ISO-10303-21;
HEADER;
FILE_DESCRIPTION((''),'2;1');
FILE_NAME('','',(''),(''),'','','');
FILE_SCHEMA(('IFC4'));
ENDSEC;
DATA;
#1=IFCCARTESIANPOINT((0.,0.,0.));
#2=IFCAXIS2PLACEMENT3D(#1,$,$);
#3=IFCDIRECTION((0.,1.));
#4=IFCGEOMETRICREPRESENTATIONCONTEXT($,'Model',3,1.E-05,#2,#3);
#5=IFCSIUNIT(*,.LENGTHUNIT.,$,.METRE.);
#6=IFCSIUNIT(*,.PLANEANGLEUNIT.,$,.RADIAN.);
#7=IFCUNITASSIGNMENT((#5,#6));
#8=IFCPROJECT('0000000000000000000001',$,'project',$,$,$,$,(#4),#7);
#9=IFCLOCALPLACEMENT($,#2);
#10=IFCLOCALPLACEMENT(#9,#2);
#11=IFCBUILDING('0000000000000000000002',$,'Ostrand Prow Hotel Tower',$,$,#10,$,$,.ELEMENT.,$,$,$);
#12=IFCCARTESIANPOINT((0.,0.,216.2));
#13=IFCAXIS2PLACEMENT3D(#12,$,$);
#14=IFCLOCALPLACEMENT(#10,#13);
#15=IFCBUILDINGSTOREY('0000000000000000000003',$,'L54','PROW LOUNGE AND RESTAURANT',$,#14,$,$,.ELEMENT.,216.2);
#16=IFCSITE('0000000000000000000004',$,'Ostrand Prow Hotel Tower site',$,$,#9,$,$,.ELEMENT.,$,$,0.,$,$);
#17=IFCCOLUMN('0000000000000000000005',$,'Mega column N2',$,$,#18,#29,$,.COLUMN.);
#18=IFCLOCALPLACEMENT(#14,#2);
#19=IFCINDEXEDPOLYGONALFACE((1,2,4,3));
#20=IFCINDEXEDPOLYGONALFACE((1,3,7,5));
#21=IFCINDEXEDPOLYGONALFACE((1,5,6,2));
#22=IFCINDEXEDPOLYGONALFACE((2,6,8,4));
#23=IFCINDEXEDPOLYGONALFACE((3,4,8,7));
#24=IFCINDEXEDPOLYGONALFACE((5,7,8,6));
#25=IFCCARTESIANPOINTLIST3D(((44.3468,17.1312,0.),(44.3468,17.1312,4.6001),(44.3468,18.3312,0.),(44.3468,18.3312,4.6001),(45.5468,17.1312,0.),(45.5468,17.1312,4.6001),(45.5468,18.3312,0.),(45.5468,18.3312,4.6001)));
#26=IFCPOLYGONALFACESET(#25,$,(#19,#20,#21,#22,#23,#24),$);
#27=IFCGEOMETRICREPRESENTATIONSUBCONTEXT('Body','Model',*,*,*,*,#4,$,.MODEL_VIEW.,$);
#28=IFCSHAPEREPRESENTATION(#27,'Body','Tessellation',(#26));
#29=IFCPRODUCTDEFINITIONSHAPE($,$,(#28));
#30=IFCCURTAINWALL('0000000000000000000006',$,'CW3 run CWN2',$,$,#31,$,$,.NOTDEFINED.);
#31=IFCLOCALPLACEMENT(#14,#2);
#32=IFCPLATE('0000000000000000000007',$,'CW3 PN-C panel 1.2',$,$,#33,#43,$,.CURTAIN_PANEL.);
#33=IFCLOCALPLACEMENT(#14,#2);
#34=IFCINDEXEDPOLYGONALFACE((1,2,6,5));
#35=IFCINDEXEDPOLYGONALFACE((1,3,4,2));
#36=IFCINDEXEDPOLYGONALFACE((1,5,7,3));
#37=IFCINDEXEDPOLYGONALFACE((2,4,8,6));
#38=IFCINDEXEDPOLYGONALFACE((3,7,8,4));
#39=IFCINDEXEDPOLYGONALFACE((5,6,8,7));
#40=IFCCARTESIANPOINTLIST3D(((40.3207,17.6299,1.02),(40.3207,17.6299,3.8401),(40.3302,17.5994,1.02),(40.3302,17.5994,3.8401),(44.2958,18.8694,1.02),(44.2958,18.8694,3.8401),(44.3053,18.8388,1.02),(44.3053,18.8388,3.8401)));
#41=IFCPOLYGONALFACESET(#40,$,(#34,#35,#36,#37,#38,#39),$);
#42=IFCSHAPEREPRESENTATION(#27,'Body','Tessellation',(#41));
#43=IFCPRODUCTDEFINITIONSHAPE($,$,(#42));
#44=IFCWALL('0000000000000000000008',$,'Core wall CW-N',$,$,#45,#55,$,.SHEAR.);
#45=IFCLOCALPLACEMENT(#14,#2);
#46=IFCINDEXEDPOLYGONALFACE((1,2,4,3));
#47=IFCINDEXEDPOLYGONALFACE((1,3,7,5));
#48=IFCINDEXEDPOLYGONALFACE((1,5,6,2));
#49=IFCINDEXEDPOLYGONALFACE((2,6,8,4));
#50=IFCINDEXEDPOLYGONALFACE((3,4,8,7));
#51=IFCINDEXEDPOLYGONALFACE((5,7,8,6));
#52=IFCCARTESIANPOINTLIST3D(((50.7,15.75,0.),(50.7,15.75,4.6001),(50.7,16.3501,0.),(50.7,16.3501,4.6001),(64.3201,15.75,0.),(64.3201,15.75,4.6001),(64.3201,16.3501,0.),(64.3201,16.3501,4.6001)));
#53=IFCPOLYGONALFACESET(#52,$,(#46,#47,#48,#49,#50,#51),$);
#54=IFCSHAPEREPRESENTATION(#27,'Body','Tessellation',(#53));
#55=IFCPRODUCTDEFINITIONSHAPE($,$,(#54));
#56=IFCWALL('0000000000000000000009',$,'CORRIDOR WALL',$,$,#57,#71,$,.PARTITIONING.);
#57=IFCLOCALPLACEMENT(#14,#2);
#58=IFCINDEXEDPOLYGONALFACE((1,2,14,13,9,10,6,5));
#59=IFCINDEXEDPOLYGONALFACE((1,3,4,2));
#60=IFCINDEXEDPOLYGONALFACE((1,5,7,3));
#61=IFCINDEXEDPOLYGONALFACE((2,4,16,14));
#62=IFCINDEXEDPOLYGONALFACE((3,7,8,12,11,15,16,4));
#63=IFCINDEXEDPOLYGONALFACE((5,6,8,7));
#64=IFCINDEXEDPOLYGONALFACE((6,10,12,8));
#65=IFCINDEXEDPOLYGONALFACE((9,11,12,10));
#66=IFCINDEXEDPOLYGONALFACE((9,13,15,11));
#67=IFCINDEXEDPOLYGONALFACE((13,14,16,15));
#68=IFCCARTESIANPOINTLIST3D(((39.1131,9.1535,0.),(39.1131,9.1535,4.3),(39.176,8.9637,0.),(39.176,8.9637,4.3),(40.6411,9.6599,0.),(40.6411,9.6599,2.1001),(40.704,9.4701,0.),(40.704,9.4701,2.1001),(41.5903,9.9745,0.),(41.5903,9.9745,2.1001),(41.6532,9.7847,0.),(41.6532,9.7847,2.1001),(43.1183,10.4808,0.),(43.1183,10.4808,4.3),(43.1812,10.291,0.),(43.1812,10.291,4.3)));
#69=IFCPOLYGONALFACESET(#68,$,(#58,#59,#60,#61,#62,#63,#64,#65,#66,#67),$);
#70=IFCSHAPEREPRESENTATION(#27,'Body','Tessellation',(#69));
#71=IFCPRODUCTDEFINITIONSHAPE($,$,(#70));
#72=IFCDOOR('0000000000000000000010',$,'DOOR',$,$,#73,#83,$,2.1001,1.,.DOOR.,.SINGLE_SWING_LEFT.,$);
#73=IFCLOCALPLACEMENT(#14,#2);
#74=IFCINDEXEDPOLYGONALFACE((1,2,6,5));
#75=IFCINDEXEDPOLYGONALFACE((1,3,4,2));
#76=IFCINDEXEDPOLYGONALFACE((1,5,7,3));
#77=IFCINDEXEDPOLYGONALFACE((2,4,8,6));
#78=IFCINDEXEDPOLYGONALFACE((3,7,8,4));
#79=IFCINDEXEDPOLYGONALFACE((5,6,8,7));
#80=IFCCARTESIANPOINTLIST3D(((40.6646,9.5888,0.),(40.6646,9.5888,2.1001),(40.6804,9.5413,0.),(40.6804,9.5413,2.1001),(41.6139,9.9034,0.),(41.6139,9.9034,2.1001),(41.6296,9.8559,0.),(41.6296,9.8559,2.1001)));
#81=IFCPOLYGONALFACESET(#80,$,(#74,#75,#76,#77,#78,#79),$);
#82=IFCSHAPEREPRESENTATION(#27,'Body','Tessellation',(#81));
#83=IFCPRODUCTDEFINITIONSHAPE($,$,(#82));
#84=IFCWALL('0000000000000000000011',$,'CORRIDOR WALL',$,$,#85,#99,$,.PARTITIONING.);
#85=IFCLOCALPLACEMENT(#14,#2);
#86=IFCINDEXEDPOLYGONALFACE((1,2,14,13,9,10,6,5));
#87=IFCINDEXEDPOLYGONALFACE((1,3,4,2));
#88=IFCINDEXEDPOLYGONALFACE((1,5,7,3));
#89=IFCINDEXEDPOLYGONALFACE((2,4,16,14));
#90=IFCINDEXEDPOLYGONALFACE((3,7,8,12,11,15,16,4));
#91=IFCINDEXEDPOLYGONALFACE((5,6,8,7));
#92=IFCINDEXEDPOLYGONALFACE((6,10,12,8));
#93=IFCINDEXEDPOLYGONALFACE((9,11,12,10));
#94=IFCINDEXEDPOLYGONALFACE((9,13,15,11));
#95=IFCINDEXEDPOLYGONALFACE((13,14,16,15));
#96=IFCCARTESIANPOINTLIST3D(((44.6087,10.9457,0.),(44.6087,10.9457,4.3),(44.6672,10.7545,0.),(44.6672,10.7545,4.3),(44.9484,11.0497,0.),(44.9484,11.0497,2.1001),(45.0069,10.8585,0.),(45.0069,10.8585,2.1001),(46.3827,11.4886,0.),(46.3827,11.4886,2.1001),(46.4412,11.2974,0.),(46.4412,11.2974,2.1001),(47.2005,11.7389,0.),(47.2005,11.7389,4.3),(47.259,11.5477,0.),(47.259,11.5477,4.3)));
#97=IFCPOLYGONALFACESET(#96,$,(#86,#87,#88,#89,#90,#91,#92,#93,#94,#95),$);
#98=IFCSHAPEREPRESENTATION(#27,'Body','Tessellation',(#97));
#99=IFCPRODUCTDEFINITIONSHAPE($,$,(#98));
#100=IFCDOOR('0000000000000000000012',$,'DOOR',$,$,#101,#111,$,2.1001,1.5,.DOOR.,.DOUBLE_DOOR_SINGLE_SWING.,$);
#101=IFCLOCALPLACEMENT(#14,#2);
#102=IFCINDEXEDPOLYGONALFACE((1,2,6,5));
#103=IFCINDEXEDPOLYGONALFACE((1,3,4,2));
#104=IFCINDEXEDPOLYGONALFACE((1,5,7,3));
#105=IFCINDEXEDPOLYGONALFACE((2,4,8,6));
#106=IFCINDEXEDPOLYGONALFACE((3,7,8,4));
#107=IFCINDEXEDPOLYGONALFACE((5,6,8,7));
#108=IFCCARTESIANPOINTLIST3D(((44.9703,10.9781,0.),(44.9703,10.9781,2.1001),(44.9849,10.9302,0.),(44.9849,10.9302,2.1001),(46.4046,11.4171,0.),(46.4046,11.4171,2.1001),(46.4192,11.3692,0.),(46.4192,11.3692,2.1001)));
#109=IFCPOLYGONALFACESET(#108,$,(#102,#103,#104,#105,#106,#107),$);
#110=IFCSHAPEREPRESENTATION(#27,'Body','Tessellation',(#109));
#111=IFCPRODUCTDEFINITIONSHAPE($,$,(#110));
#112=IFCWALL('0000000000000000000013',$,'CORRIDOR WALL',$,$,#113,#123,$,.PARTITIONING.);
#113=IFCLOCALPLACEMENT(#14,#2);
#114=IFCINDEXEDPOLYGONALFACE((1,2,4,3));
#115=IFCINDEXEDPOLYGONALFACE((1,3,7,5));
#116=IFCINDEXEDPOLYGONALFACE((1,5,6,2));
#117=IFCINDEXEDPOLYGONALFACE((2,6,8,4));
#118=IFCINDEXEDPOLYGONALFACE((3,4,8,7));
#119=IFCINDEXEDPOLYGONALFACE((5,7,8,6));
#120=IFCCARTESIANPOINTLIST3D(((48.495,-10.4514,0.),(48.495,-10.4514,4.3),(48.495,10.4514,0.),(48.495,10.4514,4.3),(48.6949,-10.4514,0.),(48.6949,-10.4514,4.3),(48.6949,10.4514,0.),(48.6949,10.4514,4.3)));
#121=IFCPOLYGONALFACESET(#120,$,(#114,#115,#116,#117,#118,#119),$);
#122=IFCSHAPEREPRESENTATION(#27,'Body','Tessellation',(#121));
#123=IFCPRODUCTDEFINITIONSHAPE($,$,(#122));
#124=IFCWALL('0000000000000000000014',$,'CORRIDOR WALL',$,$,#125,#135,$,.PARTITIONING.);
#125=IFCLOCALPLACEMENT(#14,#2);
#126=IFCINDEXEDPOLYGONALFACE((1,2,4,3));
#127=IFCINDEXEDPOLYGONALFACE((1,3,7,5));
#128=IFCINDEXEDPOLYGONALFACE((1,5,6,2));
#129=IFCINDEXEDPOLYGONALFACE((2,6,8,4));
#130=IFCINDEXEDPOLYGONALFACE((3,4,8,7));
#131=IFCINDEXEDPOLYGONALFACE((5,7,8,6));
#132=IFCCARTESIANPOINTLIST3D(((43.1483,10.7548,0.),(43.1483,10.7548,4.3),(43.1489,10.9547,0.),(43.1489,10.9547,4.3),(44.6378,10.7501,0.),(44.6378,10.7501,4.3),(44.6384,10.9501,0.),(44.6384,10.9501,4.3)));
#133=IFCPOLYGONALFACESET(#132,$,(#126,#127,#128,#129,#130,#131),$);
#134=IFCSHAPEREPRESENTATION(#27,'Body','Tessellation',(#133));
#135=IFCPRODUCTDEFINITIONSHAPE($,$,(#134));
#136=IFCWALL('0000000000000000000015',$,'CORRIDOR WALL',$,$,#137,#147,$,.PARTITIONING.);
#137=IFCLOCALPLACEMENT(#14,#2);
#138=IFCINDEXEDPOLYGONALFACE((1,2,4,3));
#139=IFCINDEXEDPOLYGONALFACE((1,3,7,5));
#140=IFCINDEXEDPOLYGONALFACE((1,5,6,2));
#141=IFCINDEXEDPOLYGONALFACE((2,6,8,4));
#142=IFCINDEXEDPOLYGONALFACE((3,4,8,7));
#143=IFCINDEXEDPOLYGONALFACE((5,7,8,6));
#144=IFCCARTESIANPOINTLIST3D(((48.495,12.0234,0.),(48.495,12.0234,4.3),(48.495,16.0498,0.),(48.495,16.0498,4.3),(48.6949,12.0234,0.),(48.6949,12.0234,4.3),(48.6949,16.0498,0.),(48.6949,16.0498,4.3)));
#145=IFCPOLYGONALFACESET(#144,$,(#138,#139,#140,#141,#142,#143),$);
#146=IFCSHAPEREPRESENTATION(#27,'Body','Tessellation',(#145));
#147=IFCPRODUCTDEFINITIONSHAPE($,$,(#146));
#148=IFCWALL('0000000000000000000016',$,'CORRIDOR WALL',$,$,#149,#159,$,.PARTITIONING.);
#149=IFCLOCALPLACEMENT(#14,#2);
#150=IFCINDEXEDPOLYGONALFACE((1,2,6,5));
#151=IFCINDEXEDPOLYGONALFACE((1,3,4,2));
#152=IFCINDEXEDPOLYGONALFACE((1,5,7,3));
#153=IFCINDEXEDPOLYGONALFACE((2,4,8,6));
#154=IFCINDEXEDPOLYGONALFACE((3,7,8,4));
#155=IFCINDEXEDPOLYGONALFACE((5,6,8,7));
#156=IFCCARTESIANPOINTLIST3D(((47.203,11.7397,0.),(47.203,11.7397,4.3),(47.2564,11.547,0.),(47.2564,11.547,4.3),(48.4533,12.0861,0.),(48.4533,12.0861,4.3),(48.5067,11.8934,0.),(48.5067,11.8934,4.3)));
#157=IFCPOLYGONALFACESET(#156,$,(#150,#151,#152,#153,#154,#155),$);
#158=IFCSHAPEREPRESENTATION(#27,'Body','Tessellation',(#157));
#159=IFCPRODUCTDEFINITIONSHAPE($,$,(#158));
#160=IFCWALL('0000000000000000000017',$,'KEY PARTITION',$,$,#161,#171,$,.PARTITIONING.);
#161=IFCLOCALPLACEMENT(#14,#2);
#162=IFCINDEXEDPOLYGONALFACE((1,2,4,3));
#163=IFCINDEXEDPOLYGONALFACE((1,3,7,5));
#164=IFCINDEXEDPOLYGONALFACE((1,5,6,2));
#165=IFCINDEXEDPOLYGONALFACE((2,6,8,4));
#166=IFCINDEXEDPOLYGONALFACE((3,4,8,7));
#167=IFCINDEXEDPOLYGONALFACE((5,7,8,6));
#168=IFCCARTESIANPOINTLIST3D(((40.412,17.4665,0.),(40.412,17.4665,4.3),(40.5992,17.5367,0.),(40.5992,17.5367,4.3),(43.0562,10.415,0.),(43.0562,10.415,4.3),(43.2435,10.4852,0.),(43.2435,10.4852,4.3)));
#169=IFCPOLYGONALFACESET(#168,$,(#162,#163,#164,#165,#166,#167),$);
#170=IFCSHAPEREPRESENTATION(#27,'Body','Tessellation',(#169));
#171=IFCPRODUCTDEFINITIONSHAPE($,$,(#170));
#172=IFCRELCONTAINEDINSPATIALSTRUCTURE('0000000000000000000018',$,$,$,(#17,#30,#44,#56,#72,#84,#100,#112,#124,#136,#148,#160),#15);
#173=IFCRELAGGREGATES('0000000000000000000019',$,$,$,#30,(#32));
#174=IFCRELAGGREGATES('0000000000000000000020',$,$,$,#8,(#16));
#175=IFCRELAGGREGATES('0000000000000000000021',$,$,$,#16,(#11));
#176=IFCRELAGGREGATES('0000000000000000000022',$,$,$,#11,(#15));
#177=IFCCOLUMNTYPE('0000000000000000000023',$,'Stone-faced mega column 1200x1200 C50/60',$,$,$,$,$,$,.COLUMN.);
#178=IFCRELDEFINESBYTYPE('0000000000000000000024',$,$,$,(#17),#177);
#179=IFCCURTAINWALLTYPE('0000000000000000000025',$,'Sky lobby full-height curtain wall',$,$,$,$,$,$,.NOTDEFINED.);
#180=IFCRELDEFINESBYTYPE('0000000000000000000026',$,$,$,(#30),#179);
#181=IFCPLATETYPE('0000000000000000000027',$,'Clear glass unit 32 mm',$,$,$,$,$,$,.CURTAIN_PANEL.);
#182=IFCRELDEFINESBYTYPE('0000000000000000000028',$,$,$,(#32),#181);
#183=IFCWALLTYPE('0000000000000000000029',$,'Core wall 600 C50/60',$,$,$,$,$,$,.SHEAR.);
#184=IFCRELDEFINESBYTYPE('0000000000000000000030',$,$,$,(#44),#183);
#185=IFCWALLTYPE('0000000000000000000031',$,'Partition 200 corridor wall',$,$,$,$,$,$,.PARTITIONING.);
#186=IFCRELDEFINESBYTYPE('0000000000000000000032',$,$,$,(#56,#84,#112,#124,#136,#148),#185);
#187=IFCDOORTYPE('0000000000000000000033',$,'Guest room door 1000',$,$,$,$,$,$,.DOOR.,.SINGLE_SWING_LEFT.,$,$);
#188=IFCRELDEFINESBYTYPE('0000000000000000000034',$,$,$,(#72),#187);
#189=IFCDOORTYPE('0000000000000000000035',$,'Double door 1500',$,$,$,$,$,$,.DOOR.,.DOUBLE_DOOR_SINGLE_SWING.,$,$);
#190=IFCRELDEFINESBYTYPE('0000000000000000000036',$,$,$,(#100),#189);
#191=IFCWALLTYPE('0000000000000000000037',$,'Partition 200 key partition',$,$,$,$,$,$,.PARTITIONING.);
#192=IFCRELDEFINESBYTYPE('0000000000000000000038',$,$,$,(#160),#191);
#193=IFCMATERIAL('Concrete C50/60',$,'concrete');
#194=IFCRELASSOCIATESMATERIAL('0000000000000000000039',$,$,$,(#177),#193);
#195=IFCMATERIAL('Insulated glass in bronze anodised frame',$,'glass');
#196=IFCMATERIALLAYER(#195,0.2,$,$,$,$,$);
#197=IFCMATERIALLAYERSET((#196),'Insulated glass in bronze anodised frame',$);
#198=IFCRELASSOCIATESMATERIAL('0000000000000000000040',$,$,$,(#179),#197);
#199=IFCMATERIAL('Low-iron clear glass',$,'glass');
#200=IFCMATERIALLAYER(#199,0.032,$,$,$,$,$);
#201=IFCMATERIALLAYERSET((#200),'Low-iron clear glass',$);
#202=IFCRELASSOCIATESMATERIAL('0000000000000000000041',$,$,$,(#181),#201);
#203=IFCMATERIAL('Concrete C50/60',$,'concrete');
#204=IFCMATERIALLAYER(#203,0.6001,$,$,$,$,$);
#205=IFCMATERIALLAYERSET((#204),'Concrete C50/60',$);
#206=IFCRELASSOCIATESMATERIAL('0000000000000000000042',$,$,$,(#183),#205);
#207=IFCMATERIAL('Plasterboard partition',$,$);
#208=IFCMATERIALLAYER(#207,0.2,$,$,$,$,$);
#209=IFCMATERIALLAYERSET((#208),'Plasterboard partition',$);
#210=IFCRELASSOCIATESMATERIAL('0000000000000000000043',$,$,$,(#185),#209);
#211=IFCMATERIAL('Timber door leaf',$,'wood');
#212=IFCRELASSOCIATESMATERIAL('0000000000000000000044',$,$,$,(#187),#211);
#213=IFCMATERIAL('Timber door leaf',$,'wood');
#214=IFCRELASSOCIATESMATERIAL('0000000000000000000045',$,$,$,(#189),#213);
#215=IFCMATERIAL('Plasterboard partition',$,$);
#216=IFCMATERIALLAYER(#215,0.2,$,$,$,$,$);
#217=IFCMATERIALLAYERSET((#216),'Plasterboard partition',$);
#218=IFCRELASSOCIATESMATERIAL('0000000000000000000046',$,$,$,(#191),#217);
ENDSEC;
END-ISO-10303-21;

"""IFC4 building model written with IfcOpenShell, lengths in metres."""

from ifc_helpers import new_model, si_unit, direction, frame, frame_2d, origin, origin_2d, place, context, subcontext, project, spatial, rectangle, extrude, material, layer, layer_set, material_profile, profile_set, type_object, element, fill, aggregate, save


model = new_model("IFC4")

# Units and contexts
model_context = context("Model", 3, precision=1e-05, world=origin(), true_north=direction((0.0, 1.0)))
body_context = subcontext(model_context, "Body", "Model", "MODEL_VIEW")
ifc_project = project(units=[si_unit("LENGTHUNIT", "METRE"), si_unit("PLANEANGLEUNIT", "RADIAN")], contexts=[model_context])

# Site, building, storey
site_placement = place(None, origin())
site = spatial("IfcSite", under=ifc_project, at=site_placement, Name="Ostrand Prow Hotel Tower site", CompositionType="ELEMENT", RefElevation=0.0)
building_placement = place(site_placement, origin())
building = spatial("IfcBuilding", under=site, at=building_placement, Name="Ostrand Prow Hotel Tower", CompositionType="ELEMENT")
storey_placement = place(building_placement, frame((0.0, 0.0, 216.2)))
storey = spatial("IfcBuildingStorey", under=building, at=storey_placement, Name="L54", Description="PROW LOUNGE AND RESTAURANT", CompositionType="ELEMENT", Elevation=216.2)

# Column
ifc_material_1 = material(Name="Concrete C50/60", Category="concrete")
ifc_material_profile = material_profile(ifc_material_1, rectangle(XDim=1.2, YDim=1.2, at=origin_2d()), Name="RC 1200x1200")
ifc_profile_set = profile_set([ifc_material_profile], Name="Concrete C50/60")
column_type = type_object("IfcColumnType", Name="Stone-faced mega column 1200x1200 C50/60", PredefinedType="COLUMN", material=ifc_profile_set)
column_placement = place(storey_placement, frame((44.9468, 17.7312, 0.0), z_axis=(0.0, 0.0, 1.0), x_axis=(1.0, 0.0, 0.0)))
element("IfcColumn", 1, at=column_placement, inside=storey, type_object=column_type, Name="Mega column N2", PredefinedType="COLUMN", context=body_context, shape_type="SweptSolid", body=[
    extrude(rectangle(XDim=1.2, YDim=1.2, at=origin_2d()), origin(), (0.0, 0.0, 1.0), 4.6001),
])

# Curtain wall, plate
ifc_material_2 = material(Name="Insulated glass in bronze anodised frame", Category="glass")
ifc_layer_1 = layer(ifc_material_2, 0.2)
ifc_layer_set_1 = layer_set([ifc_layer_1], Name="Insulated glass in bronze anodised frame")
curtain_wall_type = type_object("IfcCurtainWallType", Name="Sky lobby full-height curtain wall", PredefinedType="NOTDEFINED", material=ifc_layer_set_1)
curtain_wall_placement = place(storey_placement, origin())
curtain_wall = element("IfcCurtainWall", 2, at=curtain_wall_placement, inside=storey, type_object=curtain_wall_type, Name="CW3 run CWN2", PredefinedType="NOTDEFINED")
ifc_material_3 = material(Name="Low-iron clear glass", Category="glass")
ifc_layer_2 = layer(ifc_material_3, 0.032)
ifc_layer_set_2 = layer_set([ifc_layer_2], Name="Low-iron clear glass")
plate_type = type_object("IfcPlateType", Name="Clear glass unit 32 mm", PredefinedType="CURTAIN_PANEL", material=ifc_layer_set_2)
plate_placement = place(storey_placement, frame((42.313, 18.2344, 1.02), z_axis=(0.0, 0.0, 1.0), x_axis=(-0.954666, -0.297678, 0.0)))
plate = element("IfcPlate", 3, at=plate_placement, type_object=plate_type, Name="CW3 PN-C panel 1.2", PredefinedType="CURTAIN_PANEL", context=body_context, shape_type="SweptSolid", body=[
    extrude(rectangle(XDim=4.1638, YDim=0.032, at=origin_2d()), origin(), (0.0, 0.0, 1.0), 2.8201),
])
aggregate(curtain_wall, [plate])

# Wall
ifc_material_4 = material(Name="Concrete C50/60", Category="concrete")
ifc_layer_3 = layer(ifc_material_4, 0.6001)
ifc_layer_set_3 = layer_set([ifc_layer_3], Name="Concrete C50/60")
wall_type_1 = type_object("IfcWallType", Name="Core wall 600 C50/60", PredefinedType="SHEAR", material=ifc_layer_set_3)
wall_1_placement = place(storey_placement, frame((50.7, 16.05, 0.0), z_axis=(0.0, 0.0, 1.0), x_axis=(1.0, 0.0, 0.0)))
element("IfcWall", 4, at=wall_1_placement, inside=storey, type_object=wall_type_1, Name="Core wall CW-N", PredefinedType="SHEAR", context=body_context, shape_type="SweptSolid", body=[
    extrude(rectangle(XDim=13.6201, YDim=0.6001, at=frame_2d((6.8101, 0.0))), origin(), (0.0, 0.0, 1.0), 4.6001),
])

# Walls, openings, doors
ifc_material_5 = material(Name="Plasterboard partition")
ifc_layer_4 = layer(ifc_material_5, 0.2)
ifc_layer_set_4 = layer_set([ifc_layer_4], Name="Plasterboard partition")
wall_type_2 = type_object("IfcWallType", Name="Partition 200 corridor wall", PredefinedType="PARTITIONING", material=ifc_layer_set_4)
wall_2_placement = place(storey_placement, frame((43.1499, 10.386, 0.0), z_axis=(0.0, 0.0, 1.0), x_axis=(-0.949232, -0.314578, 0.0)))
wall_2 = element("IfcWall", 5, at=wall_2_placement, inside=storey, type_object=wall_type_2, Name="CORRIDOR WALL", PredefinedType="PARTITIONING", context=body_context, shape_type="SweptSolid", body=[
    extrude(rectangle(XDim=4.2195, YDim=0.2, at=frame_2d((2.1099, 0.0))), origin(), (0.0, 0.0, 1.0), 4.3),
])
opening_1_placement = place(wall_2_placement, frame((1.6099, 0.0, 0.0)))
opening_1 = element("IfcOpeningElement", 6, at=opening_1_placement, cuts=wall_2, PredefinedType="OPENING", context=body_context, shape_type="SweptSolid", body=[
    extrude(rectangle(XDim=1.0, YDim=2.1001, at=frame_2d((0.5, 1.05))), frame((0.0, 0.1099, 0.0), z_axis=(0.0, -1.0, 0.0), x_axis=(1.0, 0.0, 0.0)), (0.0, 0.0, 1.0), 0.22),
])
ifc_material_6 = material(Name="Timber door leaf", Category="wood")
door_type_1 = type_object("IfcDoorType", Name="Guest room door 1000", OperationType="SINGLE_SWING_LEFT", PredefinedType="DOOR", material=ifc_material_6)
door_1_placement = place(opening_1_placement, origin())
door_1 = element("IfcDoor", 7, at=door_1_placement, inside=storey, type_object=door_type_1, Name="DOOR", OperationType="SINGLE_SWING_LEFT", OverallHeight=2.1001, OverallWidth=1.0, PredefinedType="DOOR", context=body_context, shape_type="SweptSolid", body=[
    extrude(rectangle(XDim=1.0, YDim=2.1001, at=frame_2d((0.5, 1.05))), frame((0.0, 0.0249, 0.0), z_axis=(0.0, -1.0, 0.0), x_axis=(1.0, 0.0, 0.0)), (0.0, 0.0, 1.0), 0.05),
])
fill(opening_1, door_1)
wall_3_placement = place(storey_placement, frame((47.2297, 11.6433, 0.0), z_axis=(0.0, 0.0, 1.0), x_axis=(-0.95622, -0.292649, 0.0)))
wall_3 = element("IfcWall", 8, at=wall_3_placement, inside=storey, type_object=wall_type_2, Name="CORRIDOR WALL", PredefinedType="PARTITIONING", context=body_context, shape_type="SweptSolid", body=[
    extrude(rectangle(XDim=2.7104, YDim=0.2, at=frame_2d((1.3552, 0.0))), origin(), (0.0, 0.0, 1.0), 4.3),
])
opening_2_placement = place(wall_3_placement, frame((0.8552, 0.0, 0.0)))
opening_2 = element("IfcOpeningElement", 9, at=opening_2_placement, cuts=wall_3, PredefinedType="OPENING", context=body_context, shape_type="SweptSolid", body=[
    extrude(rectangle(XDim=1.5, YDim=2.1001, at=frame_2d((0.75, 1.05))), frame((0.0, 0.1099, 0.0), z_axis=(0.0, -1.0, 0.0), x_axis=(1.0, 0.0, 0.0)), (0.0, 0.0, 1.0), 0.22),
])
ifc_material_7 = material(Name="Timber door leaf", Category="wood")
door_type_2 = type_object("IfcDoorType", Name="Double door 1500", OperationType="DOUBLE_DOOR_SINGLE_SWING", PredefinedType="DOOR", material=ifc_material_7)
door_2_placement = place(opening_2_placement, origin())
door_2 = element("IfcDoor", 10, at=door_2_placement, inside=storey, type_object=door_type_2, Name="DOOR", OperationType="DOUBLE_DOOR_SINGLE_SWING", OverallHeight=2.1001, OverallWidth=1.5, PredefinedType="DOOR", context=body_context, shape_type="SweptSolid", body=[
    extrude(rectangle(XDim=1.5, YDim=2.1001, at=frame_2d((0.75, 1.05))), frame((0.0, 0.0249, 0.0), z_axis=(0.0, -1.0, 0.0), x_axis=(1.0, 0.0, 0.0)), (0.0, 0.0, 1.0), 0.05),
])
fill(opening_2, door_2)

# Walls
wall_4_placement = place(storey_placement, frame((48.595, 10.4514, 0.0), z_axis=(0.0, 0.0, 1.0), x_axis=(0.0, -1.0, 0.0)))
element("IfcWall", 11, at=wall_4_placement, inside=storey, type_object=wall_type_2, Name="CORRIDOR WALL", PredefinedType="PARTITIONING", context=body_context, shape_type="SweptSolid", body=[
    extrude(rectangle(XDim=20.9028, YDim=0.2, at=frame_2d((10.4514, 0.0))), origin(), (0.0, 0.0, 1.0), 4.3),
])
wall_5_placement = place(storey_placement, frame((44.6379, 10.8501, 0.0), z_axis=(0.0, 0.0, 1.0), x_axis=(-0.999995, 0.003114, 0.0)))
element("IfcWall", 12, at=wall_5_placement, inside=storey, type_object=wall_type_2, Name="CORRIDOR WALL", PredefinedType="PARTITIONING", context=body_context, shape_type="SweptSolid", body=[
    extrude(rectangle(XDim=1.4895, YDim=0.2, at=frame_2d((0.7446, 0.0))), origin(), (0.0, 0.0, 1.0), 4.3),
])
wall_6_placement = place(storey_placement, frame((48.595, 16.0498, 0.0), z_axis=(0.0, 0.0, 1.0), x_axis=(0.0, -1.0, 0.0)))
element("IfcWall", 13, at=wall_6_placement, inside=storey, type_object=wall_type_2, Name="CORRIDOR WALL", PredefinedType="PARTITIONING", context=body_context, shape_type="SweptSolid", body=[
    extrude(rectangle(XDim=4.0264, YDim=0.2, at=frame_2d((2.0132, 0.0))), origin(), (0.0, 0.0, 1.0), 4.3),
])
wall_7_placement = place(storey_placement, frame((48.48, 11.9897, 0.0), z_axis=(0.0, 0.0, 1.0), x_axis=(-0.963688, -0.267032, 0.0)))
element("IfcWall", 14, at=wall_7_placement, inside=storey, type_object=wall_type_2, Name="CORRIDOR WALL", PredefinedType="PARTITIONING", context=body_context, shape_type="SweptSolid", body=[
    extrude(rectangle(XDim=1.2974, YDim=0.2, at=frame_2d((0.6487, 0.0))), origin(), (0.0, 0.0, 1.0), 4.3),
])
ifc_material_8 = material(Name="Plasterboard partition")
ifc_layer_5 = layer(ifc_material_8, 0.2)
ifc_layer_set_5 = layer_set([ifc_layer_5], Name="Plasterboard partition")
wall_type_3 = type_object("IfcWallType", Name="Partition 200 key partition", PredefinedType="PARTITIONING", material=ifc_layer_set_5)
wall_8_placement = place(storey_placement, frame((43.1499, 10.45, 0.0), z_axis=(0.0, 0.0, 1.0), x_axis=(-0.35112, 0.936331, 0.0)))
element("IfcWall", 15, at=wall_8_placement, inside=storey, type_object=wall_type_3, Name="KEY PARTITION", PredefinedType="PARTITIONING", context=body_context, shape_type="SweptSolid", body=[
    extrude(rectangle(XDim=7.531, YDim=0.2, at=frame_2d((3.7656, 0.0))), origin(), (0.0, 0.0, 1.0), 4.3),
])

save(model, "model.ifc")
